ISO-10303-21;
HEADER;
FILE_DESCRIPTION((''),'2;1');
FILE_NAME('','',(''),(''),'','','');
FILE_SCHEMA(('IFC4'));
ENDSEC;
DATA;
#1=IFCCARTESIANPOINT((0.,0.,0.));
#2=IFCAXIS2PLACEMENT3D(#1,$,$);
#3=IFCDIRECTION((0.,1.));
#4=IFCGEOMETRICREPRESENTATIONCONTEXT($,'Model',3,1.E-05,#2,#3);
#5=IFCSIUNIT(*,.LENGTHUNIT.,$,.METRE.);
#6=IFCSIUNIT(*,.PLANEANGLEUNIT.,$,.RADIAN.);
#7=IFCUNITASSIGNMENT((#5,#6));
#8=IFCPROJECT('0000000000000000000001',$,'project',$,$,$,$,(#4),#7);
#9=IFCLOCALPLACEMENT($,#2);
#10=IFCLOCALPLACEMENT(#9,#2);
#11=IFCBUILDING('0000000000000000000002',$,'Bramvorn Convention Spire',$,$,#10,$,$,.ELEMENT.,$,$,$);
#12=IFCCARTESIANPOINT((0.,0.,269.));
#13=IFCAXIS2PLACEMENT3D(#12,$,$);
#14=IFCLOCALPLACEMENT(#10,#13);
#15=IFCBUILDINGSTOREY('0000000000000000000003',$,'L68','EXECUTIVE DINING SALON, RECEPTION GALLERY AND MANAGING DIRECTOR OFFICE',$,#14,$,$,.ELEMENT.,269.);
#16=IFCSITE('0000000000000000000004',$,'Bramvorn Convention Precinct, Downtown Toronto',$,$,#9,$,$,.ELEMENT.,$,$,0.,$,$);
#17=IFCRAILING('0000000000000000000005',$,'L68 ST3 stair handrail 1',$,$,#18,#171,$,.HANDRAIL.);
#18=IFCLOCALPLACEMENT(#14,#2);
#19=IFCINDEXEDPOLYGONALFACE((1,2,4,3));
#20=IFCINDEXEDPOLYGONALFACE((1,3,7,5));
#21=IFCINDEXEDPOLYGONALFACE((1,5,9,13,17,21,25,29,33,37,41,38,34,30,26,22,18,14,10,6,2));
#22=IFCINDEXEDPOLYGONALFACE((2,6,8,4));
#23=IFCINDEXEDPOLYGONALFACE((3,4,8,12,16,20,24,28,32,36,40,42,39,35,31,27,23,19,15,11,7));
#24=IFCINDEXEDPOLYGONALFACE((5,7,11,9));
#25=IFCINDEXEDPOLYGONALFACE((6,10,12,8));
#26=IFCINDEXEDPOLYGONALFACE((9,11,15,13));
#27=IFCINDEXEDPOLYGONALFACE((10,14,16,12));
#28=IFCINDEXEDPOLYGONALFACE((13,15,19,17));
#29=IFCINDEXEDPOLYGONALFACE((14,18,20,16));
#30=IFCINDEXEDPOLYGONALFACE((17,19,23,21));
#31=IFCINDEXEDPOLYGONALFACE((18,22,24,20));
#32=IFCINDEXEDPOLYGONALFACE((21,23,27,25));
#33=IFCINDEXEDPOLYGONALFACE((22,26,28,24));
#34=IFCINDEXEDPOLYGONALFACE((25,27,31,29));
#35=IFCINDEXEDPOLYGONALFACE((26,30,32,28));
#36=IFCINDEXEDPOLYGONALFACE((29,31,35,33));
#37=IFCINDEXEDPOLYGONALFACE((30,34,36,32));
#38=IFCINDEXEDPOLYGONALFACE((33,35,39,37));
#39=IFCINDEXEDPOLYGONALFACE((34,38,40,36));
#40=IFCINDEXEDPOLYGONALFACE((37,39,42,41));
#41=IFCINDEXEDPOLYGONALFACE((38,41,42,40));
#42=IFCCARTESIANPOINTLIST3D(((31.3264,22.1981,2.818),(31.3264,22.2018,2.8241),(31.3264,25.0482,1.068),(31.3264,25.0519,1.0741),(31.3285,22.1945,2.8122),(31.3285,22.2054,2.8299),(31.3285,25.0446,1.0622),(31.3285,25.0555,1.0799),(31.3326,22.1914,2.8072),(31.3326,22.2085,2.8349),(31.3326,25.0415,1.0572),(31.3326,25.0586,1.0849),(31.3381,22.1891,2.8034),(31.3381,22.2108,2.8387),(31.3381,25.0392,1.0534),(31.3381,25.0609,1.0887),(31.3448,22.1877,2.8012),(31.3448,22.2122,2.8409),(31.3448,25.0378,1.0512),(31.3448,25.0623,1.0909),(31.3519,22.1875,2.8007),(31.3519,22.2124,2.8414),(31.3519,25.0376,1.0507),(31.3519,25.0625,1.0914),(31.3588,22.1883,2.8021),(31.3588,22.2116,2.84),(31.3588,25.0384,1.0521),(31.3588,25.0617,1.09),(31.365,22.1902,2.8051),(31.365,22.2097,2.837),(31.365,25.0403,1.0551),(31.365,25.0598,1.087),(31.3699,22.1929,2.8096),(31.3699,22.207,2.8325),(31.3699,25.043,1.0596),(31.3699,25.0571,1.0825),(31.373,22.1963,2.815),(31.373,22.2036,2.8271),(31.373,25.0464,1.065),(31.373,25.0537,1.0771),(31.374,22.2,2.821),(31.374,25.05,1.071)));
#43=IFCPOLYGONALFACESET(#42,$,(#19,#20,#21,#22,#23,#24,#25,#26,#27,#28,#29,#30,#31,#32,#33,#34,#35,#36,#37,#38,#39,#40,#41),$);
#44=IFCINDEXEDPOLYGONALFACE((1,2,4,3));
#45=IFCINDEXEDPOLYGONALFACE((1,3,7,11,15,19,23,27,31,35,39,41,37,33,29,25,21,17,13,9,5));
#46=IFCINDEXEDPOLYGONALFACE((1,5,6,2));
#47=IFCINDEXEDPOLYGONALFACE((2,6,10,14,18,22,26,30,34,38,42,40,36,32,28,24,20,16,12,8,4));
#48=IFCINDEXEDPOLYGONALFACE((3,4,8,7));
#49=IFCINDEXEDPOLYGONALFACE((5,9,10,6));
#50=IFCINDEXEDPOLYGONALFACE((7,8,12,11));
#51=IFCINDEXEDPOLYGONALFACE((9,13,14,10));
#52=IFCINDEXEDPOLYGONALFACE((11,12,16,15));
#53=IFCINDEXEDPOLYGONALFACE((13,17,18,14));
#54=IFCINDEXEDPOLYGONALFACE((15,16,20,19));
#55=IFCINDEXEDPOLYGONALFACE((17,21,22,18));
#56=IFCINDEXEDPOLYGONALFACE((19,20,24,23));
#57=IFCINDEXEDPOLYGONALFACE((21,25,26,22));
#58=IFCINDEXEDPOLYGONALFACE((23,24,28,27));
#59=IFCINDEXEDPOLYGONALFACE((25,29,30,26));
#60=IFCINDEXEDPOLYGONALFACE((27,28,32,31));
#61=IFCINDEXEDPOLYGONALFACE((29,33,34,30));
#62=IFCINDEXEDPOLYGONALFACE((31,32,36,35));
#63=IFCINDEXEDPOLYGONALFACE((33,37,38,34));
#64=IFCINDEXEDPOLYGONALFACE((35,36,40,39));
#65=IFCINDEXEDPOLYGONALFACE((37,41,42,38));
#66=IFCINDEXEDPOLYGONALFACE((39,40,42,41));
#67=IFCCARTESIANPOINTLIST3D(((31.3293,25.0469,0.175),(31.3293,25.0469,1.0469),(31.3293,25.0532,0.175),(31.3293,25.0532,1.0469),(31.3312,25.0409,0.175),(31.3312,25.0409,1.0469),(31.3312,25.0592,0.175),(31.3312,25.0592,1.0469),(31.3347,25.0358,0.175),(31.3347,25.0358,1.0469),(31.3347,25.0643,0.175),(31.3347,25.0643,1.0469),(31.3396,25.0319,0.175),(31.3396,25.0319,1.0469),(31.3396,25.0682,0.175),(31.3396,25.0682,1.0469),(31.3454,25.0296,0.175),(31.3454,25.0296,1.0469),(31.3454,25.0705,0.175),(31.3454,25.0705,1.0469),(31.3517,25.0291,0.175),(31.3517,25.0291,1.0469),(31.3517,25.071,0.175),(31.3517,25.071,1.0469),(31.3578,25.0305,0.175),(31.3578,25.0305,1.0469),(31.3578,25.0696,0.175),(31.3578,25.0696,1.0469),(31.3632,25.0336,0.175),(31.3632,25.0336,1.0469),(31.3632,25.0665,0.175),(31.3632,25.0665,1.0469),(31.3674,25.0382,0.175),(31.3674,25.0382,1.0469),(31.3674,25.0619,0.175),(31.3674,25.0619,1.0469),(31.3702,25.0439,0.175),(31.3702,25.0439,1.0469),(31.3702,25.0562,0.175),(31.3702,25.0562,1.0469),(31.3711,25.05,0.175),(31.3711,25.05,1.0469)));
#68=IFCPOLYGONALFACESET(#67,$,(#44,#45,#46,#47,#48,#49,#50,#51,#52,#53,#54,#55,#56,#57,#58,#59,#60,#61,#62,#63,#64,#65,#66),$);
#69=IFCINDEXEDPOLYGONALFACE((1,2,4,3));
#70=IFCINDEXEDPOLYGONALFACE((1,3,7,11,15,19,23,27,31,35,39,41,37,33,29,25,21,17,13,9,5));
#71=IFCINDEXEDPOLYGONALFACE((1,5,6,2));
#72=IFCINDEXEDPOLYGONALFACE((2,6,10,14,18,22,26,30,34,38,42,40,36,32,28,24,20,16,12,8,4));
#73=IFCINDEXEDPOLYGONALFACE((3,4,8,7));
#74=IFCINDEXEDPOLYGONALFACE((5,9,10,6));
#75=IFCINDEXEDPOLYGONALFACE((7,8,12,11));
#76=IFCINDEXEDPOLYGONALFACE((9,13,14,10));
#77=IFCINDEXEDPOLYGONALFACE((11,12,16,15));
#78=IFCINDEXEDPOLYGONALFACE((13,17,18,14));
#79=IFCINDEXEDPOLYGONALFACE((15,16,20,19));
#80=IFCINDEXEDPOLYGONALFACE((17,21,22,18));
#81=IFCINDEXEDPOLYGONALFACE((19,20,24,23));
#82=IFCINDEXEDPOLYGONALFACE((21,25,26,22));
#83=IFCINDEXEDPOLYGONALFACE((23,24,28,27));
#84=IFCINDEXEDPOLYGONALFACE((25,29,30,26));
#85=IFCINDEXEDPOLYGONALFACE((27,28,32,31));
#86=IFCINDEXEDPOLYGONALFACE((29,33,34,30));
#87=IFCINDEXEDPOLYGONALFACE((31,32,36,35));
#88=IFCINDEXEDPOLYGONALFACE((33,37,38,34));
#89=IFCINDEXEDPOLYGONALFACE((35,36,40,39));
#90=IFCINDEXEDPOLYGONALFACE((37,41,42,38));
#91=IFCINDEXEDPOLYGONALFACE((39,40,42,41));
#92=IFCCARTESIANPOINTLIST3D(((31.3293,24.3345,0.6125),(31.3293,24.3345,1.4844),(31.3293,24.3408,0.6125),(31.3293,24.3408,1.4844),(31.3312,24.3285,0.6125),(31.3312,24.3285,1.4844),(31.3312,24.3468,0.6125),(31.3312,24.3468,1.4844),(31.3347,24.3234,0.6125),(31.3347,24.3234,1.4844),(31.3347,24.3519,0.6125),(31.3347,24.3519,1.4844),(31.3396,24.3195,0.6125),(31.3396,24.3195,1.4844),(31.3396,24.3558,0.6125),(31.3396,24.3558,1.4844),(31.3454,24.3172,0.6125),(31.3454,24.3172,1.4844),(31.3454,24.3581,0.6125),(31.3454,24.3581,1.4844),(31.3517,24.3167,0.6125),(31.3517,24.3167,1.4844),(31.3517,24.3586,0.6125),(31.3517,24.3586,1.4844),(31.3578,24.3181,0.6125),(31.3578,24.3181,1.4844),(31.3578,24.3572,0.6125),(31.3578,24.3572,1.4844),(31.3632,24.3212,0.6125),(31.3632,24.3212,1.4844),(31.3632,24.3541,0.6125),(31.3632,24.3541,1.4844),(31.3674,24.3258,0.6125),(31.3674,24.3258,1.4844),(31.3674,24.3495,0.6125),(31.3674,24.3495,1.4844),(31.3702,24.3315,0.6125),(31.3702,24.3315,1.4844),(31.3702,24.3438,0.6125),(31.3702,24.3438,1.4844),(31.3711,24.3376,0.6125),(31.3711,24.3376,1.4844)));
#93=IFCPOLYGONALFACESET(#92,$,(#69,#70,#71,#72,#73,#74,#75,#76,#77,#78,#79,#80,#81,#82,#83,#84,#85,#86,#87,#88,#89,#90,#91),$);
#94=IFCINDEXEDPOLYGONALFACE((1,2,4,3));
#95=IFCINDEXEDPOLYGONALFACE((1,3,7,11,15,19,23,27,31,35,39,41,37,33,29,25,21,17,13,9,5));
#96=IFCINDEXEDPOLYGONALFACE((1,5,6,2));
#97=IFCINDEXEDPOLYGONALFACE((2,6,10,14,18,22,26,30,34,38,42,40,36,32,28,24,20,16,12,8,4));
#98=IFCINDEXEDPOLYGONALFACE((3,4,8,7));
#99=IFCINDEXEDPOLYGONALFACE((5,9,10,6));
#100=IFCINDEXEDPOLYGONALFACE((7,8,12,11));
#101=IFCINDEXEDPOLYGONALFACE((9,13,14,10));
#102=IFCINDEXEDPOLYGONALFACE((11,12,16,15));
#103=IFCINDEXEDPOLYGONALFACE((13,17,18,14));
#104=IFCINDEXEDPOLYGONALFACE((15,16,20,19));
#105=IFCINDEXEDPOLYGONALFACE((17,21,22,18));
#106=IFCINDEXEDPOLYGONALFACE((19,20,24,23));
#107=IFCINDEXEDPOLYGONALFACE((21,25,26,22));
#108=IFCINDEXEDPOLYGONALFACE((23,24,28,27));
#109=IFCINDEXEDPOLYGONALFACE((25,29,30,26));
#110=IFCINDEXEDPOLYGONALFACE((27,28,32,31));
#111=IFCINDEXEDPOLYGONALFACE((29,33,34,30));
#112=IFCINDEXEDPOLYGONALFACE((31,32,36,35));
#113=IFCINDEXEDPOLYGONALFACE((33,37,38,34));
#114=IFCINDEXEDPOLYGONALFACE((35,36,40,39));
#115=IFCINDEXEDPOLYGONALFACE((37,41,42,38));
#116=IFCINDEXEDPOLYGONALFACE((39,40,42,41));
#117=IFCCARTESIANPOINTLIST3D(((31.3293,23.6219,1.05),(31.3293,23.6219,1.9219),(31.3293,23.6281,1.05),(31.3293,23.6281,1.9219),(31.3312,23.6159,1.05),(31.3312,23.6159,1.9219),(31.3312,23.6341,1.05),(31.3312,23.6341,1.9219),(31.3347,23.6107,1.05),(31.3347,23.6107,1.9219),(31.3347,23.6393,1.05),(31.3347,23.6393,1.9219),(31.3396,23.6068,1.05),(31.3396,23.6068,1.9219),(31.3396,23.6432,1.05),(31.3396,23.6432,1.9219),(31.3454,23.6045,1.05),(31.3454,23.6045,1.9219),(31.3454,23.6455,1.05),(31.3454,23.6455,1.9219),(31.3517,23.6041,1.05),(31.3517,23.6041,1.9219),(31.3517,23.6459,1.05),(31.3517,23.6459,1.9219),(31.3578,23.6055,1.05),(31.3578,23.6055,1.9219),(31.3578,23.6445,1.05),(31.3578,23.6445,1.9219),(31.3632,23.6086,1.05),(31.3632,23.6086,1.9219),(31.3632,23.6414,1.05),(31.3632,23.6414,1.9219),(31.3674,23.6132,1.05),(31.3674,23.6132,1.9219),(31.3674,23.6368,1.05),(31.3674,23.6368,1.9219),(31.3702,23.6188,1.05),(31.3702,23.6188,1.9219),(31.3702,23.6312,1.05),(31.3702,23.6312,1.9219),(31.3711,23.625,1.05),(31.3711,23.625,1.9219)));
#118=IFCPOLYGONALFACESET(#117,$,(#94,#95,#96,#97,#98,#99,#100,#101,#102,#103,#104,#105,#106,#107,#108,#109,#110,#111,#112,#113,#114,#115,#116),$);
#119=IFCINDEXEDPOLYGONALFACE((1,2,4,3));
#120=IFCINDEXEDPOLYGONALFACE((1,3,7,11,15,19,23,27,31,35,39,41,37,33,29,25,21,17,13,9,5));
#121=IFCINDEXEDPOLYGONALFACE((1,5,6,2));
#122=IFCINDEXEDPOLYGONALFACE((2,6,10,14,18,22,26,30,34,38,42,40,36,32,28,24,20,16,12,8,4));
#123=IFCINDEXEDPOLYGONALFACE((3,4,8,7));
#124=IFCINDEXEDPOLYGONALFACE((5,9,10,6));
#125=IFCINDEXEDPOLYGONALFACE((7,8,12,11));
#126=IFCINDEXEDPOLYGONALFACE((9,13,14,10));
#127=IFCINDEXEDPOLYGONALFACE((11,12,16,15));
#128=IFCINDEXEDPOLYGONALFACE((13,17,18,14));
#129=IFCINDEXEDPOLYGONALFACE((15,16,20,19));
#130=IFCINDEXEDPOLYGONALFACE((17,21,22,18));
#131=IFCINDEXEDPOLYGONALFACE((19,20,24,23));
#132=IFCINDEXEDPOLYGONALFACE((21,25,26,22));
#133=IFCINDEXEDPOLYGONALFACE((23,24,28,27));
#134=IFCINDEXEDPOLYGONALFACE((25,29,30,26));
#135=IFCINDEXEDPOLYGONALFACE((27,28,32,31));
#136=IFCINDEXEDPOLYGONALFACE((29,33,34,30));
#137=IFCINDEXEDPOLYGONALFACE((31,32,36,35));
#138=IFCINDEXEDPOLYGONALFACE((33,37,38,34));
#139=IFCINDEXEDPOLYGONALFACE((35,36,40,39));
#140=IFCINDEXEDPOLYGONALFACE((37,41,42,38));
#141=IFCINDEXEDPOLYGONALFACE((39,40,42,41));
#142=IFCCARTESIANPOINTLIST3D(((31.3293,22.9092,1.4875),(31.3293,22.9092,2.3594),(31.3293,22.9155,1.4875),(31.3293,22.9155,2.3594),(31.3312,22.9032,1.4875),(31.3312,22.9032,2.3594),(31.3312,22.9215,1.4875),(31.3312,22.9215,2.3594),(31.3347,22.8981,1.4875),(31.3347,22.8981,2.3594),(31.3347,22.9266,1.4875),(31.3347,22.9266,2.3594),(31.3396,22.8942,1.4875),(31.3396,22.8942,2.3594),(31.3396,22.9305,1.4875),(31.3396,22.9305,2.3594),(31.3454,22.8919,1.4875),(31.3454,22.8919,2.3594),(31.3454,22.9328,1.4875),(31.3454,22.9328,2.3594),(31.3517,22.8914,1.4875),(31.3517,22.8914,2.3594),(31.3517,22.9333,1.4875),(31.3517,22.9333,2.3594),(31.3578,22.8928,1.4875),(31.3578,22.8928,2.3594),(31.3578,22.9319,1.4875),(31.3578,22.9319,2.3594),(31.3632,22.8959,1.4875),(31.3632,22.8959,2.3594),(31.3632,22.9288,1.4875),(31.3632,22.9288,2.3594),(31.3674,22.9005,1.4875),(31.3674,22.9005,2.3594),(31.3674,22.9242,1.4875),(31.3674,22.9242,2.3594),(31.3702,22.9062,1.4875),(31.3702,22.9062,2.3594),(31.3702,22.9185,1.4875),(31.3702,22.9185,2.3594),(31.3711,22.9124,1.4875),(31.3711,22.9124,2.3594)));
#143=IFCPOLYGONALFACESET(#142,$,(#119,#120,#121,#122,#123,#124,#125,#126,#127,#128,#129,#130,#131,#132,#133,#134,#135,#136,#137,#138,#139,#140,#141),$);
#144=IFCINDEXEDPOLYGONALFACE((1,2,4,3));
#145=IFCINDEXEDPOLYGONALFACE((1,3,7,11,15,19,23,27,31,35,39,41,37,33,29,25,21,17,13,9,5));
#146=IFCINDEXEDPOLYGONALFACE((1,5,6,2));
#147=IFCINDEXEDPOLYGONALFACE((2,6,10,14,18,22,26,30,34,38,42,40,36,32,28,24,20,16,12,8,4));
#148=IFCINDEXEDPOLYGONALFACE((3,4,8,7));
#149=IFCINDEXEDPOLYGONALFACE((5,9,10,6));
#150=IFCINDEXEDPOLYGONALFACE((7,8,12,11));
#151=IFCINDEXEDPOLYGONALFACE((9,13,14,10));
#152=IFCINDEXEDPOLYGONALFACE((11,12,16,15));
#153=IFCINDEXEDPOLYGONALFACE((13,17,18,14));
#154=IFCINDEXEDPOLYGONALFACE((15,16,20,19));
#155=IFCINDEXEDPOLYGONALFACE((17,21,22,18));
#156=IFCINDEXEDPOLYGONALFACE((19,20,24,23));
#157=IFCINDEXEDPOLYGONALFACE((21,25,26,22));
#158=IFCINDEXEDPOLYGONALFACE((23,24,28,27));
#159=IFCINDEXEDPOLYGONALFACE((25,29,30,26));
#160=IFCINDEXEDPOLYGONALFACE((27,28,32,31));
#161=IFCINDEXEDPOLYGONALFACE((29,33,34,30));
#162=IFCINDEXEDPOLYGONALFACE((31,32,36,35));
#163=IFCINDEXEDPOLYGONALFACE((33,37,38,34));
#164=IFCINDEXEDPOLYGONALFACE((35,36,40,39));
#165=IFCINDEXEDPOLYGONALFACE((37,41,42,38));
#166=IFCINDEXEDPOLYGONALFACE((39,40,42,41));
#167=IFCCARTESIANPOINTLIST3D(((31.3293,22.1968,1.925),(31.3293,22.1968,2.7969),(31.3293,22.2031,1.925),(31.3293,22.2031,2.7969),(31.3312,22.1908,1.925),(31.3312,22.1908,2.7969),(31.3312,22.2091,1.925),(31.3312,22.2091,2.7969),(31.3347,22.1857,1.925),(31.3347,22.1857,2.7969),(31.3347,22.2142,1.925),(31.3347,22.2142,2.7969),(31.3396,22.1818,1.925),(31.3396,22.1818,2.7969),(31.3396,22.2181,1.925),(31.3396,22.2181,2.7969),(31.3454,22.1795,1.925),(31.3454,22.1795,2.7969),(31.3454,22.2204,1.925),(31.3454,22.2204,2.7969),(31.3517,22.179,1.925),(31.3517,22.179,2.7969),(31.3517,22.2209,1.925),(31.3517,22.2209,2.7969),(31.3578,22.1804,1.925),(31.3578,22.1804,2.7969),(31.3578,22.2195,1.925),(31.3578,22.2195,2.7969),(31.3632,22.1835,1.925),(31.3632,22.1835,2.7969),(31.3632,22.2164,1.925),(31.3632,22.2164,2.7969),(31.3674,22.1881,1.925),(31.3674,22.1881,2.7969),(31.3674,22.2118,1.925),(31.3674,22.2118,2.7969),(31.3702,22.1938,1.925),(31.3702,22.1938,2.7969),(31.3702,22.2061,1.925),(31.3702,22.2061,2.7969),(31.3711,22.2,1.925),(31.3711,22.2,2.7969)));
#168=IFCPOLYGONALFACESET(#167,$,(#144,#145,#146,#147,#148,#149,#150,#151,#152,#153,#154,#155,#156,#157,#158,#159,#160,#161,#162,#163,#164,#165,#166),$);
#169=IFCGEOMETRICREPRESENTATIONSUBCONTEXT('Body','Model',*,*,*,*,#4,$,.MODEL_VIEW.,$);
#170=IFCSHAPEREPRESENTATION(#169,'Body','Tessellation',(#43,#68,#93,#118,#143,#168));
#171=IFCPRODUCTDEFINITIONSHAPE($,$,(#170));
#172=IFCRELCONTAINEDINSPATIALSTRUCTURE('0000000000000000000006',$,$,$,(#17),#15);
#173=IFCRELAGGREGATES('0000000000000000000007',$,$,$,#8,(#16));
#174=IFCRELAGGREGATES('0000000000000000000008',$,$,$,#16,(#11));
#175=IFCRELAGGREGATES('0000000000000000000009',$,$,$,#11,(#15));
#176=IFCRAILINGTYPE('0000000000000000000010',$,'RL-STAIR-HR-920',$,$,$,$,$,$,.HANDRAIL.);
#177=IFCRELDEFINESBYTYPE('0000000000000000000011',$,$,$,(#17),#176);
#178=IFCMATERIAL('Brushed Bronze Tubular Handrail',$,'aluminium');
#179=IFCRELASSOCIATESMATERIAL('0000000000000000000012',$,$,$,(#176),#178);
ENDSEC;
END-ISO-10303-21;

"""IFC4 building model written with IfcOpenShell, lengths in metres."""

from ifc_helpers import new_model, si_unit, direction, frame, origin, origin_2d, place, context, subcontext, project, spatial, circle, extrude, material, type_object, element, save


model = new_model("IFC4")

# Units and contexts
model_context = context("Model", 3, precision=1e-05, world=origin(), true_north=direction((0.0, 1.0)))
body_context = subcontext(model_context, "Body", "Model", "MODEL_VIEW")
ifc_project = project(units=[si_unit("LENGTHUNIT", "METRE"), si_unit("PLANEANGLEUNIT", "RADIAN")], contexts=[model_context])

# Site, building, storey
site_placement = place(None, origin())
site = spatial("IfcSite", under=ifc_project, at=site_placement, Name="Bramvorn Convention Precinct, Downtown Toronto", CompositionType="ELEMENT", RefElevation=0.0)
building_placement = place(site_placement, origin())
building = spatial("IfcBuilding", under=site, at=building_placement, Name="Bramvorn Convention Spire", CompositionType="ELEMENT")
storey_placement = place(building_placement, frame((0.0, 0.0, 269.0)))
storey = spatial("IfcBuildingStorey", under=building, at=storey_placement, Name="L68", Description="EXECUTIVE DINING SALON, RECEPTION GALLERY AND MANAGING DIRECTOR OFFICE", CompositionType="ELEMENT", Elevation=269.0)

# Railing
ifc_material_1 = material(Name="Brushed Bronze Tubular Handrail", Category="aluminium")
railing_type_1 = type_object("IfcRailingType", Name="RL-STAIR-HR-920", PredefinedType="HANDRAIL", material=ifc_material_1)
railing_1_placement = place(storey_placement, frame((31.3501, 25.05, 0.175)))
element("IfcRailing", 1, at=railing_1_placement, inside=storey, type_object=railing_type_1, Name="L68 ST3 stair handrail 1", PredefinedType="HANDRAIL", context=body_context, shape_type="SweptSolid", body=[
    extrude(circle(Radius=0.0239, at=origin_2d()), frame((0.0, 0.0, 0.896), z_axis=(0.0, -0.852179, 0.52325), x_axis=(1.0, 0.0, 0.0)), (0.0, 0.0, 1.0), 3.3445),
    extrude(circle(Radius=0.021, at=origin_2d()), origin(), (0.0, 0.0, 1.0), 0.8718),
    extrude(circle(Radius=0.021, at=origin_2d()), frame((0.0, -0.7124, 0.4375)), (0.0, 0.0, 1.0), 0.8718),
    extrude(circle(Radius=0.021, at=origin_2d()), frame((0.0, -1.425, 0.875)), (0.0, 0.0, 1.0), 0.8718),
    extrude(circle(Radius=0.021, at=origin_2d()), frame((0.0, -2.1377, 1.3125)), (0.0, 0.0, 1.0), 0.8718),
    extrude(circle(Radius=0.021, at=origin_2d()), frame((0.0, -2.8501, 1.75)), (0.0, 0.0, 1.0), 0.8718),
])

save(model, "model.ifc")
